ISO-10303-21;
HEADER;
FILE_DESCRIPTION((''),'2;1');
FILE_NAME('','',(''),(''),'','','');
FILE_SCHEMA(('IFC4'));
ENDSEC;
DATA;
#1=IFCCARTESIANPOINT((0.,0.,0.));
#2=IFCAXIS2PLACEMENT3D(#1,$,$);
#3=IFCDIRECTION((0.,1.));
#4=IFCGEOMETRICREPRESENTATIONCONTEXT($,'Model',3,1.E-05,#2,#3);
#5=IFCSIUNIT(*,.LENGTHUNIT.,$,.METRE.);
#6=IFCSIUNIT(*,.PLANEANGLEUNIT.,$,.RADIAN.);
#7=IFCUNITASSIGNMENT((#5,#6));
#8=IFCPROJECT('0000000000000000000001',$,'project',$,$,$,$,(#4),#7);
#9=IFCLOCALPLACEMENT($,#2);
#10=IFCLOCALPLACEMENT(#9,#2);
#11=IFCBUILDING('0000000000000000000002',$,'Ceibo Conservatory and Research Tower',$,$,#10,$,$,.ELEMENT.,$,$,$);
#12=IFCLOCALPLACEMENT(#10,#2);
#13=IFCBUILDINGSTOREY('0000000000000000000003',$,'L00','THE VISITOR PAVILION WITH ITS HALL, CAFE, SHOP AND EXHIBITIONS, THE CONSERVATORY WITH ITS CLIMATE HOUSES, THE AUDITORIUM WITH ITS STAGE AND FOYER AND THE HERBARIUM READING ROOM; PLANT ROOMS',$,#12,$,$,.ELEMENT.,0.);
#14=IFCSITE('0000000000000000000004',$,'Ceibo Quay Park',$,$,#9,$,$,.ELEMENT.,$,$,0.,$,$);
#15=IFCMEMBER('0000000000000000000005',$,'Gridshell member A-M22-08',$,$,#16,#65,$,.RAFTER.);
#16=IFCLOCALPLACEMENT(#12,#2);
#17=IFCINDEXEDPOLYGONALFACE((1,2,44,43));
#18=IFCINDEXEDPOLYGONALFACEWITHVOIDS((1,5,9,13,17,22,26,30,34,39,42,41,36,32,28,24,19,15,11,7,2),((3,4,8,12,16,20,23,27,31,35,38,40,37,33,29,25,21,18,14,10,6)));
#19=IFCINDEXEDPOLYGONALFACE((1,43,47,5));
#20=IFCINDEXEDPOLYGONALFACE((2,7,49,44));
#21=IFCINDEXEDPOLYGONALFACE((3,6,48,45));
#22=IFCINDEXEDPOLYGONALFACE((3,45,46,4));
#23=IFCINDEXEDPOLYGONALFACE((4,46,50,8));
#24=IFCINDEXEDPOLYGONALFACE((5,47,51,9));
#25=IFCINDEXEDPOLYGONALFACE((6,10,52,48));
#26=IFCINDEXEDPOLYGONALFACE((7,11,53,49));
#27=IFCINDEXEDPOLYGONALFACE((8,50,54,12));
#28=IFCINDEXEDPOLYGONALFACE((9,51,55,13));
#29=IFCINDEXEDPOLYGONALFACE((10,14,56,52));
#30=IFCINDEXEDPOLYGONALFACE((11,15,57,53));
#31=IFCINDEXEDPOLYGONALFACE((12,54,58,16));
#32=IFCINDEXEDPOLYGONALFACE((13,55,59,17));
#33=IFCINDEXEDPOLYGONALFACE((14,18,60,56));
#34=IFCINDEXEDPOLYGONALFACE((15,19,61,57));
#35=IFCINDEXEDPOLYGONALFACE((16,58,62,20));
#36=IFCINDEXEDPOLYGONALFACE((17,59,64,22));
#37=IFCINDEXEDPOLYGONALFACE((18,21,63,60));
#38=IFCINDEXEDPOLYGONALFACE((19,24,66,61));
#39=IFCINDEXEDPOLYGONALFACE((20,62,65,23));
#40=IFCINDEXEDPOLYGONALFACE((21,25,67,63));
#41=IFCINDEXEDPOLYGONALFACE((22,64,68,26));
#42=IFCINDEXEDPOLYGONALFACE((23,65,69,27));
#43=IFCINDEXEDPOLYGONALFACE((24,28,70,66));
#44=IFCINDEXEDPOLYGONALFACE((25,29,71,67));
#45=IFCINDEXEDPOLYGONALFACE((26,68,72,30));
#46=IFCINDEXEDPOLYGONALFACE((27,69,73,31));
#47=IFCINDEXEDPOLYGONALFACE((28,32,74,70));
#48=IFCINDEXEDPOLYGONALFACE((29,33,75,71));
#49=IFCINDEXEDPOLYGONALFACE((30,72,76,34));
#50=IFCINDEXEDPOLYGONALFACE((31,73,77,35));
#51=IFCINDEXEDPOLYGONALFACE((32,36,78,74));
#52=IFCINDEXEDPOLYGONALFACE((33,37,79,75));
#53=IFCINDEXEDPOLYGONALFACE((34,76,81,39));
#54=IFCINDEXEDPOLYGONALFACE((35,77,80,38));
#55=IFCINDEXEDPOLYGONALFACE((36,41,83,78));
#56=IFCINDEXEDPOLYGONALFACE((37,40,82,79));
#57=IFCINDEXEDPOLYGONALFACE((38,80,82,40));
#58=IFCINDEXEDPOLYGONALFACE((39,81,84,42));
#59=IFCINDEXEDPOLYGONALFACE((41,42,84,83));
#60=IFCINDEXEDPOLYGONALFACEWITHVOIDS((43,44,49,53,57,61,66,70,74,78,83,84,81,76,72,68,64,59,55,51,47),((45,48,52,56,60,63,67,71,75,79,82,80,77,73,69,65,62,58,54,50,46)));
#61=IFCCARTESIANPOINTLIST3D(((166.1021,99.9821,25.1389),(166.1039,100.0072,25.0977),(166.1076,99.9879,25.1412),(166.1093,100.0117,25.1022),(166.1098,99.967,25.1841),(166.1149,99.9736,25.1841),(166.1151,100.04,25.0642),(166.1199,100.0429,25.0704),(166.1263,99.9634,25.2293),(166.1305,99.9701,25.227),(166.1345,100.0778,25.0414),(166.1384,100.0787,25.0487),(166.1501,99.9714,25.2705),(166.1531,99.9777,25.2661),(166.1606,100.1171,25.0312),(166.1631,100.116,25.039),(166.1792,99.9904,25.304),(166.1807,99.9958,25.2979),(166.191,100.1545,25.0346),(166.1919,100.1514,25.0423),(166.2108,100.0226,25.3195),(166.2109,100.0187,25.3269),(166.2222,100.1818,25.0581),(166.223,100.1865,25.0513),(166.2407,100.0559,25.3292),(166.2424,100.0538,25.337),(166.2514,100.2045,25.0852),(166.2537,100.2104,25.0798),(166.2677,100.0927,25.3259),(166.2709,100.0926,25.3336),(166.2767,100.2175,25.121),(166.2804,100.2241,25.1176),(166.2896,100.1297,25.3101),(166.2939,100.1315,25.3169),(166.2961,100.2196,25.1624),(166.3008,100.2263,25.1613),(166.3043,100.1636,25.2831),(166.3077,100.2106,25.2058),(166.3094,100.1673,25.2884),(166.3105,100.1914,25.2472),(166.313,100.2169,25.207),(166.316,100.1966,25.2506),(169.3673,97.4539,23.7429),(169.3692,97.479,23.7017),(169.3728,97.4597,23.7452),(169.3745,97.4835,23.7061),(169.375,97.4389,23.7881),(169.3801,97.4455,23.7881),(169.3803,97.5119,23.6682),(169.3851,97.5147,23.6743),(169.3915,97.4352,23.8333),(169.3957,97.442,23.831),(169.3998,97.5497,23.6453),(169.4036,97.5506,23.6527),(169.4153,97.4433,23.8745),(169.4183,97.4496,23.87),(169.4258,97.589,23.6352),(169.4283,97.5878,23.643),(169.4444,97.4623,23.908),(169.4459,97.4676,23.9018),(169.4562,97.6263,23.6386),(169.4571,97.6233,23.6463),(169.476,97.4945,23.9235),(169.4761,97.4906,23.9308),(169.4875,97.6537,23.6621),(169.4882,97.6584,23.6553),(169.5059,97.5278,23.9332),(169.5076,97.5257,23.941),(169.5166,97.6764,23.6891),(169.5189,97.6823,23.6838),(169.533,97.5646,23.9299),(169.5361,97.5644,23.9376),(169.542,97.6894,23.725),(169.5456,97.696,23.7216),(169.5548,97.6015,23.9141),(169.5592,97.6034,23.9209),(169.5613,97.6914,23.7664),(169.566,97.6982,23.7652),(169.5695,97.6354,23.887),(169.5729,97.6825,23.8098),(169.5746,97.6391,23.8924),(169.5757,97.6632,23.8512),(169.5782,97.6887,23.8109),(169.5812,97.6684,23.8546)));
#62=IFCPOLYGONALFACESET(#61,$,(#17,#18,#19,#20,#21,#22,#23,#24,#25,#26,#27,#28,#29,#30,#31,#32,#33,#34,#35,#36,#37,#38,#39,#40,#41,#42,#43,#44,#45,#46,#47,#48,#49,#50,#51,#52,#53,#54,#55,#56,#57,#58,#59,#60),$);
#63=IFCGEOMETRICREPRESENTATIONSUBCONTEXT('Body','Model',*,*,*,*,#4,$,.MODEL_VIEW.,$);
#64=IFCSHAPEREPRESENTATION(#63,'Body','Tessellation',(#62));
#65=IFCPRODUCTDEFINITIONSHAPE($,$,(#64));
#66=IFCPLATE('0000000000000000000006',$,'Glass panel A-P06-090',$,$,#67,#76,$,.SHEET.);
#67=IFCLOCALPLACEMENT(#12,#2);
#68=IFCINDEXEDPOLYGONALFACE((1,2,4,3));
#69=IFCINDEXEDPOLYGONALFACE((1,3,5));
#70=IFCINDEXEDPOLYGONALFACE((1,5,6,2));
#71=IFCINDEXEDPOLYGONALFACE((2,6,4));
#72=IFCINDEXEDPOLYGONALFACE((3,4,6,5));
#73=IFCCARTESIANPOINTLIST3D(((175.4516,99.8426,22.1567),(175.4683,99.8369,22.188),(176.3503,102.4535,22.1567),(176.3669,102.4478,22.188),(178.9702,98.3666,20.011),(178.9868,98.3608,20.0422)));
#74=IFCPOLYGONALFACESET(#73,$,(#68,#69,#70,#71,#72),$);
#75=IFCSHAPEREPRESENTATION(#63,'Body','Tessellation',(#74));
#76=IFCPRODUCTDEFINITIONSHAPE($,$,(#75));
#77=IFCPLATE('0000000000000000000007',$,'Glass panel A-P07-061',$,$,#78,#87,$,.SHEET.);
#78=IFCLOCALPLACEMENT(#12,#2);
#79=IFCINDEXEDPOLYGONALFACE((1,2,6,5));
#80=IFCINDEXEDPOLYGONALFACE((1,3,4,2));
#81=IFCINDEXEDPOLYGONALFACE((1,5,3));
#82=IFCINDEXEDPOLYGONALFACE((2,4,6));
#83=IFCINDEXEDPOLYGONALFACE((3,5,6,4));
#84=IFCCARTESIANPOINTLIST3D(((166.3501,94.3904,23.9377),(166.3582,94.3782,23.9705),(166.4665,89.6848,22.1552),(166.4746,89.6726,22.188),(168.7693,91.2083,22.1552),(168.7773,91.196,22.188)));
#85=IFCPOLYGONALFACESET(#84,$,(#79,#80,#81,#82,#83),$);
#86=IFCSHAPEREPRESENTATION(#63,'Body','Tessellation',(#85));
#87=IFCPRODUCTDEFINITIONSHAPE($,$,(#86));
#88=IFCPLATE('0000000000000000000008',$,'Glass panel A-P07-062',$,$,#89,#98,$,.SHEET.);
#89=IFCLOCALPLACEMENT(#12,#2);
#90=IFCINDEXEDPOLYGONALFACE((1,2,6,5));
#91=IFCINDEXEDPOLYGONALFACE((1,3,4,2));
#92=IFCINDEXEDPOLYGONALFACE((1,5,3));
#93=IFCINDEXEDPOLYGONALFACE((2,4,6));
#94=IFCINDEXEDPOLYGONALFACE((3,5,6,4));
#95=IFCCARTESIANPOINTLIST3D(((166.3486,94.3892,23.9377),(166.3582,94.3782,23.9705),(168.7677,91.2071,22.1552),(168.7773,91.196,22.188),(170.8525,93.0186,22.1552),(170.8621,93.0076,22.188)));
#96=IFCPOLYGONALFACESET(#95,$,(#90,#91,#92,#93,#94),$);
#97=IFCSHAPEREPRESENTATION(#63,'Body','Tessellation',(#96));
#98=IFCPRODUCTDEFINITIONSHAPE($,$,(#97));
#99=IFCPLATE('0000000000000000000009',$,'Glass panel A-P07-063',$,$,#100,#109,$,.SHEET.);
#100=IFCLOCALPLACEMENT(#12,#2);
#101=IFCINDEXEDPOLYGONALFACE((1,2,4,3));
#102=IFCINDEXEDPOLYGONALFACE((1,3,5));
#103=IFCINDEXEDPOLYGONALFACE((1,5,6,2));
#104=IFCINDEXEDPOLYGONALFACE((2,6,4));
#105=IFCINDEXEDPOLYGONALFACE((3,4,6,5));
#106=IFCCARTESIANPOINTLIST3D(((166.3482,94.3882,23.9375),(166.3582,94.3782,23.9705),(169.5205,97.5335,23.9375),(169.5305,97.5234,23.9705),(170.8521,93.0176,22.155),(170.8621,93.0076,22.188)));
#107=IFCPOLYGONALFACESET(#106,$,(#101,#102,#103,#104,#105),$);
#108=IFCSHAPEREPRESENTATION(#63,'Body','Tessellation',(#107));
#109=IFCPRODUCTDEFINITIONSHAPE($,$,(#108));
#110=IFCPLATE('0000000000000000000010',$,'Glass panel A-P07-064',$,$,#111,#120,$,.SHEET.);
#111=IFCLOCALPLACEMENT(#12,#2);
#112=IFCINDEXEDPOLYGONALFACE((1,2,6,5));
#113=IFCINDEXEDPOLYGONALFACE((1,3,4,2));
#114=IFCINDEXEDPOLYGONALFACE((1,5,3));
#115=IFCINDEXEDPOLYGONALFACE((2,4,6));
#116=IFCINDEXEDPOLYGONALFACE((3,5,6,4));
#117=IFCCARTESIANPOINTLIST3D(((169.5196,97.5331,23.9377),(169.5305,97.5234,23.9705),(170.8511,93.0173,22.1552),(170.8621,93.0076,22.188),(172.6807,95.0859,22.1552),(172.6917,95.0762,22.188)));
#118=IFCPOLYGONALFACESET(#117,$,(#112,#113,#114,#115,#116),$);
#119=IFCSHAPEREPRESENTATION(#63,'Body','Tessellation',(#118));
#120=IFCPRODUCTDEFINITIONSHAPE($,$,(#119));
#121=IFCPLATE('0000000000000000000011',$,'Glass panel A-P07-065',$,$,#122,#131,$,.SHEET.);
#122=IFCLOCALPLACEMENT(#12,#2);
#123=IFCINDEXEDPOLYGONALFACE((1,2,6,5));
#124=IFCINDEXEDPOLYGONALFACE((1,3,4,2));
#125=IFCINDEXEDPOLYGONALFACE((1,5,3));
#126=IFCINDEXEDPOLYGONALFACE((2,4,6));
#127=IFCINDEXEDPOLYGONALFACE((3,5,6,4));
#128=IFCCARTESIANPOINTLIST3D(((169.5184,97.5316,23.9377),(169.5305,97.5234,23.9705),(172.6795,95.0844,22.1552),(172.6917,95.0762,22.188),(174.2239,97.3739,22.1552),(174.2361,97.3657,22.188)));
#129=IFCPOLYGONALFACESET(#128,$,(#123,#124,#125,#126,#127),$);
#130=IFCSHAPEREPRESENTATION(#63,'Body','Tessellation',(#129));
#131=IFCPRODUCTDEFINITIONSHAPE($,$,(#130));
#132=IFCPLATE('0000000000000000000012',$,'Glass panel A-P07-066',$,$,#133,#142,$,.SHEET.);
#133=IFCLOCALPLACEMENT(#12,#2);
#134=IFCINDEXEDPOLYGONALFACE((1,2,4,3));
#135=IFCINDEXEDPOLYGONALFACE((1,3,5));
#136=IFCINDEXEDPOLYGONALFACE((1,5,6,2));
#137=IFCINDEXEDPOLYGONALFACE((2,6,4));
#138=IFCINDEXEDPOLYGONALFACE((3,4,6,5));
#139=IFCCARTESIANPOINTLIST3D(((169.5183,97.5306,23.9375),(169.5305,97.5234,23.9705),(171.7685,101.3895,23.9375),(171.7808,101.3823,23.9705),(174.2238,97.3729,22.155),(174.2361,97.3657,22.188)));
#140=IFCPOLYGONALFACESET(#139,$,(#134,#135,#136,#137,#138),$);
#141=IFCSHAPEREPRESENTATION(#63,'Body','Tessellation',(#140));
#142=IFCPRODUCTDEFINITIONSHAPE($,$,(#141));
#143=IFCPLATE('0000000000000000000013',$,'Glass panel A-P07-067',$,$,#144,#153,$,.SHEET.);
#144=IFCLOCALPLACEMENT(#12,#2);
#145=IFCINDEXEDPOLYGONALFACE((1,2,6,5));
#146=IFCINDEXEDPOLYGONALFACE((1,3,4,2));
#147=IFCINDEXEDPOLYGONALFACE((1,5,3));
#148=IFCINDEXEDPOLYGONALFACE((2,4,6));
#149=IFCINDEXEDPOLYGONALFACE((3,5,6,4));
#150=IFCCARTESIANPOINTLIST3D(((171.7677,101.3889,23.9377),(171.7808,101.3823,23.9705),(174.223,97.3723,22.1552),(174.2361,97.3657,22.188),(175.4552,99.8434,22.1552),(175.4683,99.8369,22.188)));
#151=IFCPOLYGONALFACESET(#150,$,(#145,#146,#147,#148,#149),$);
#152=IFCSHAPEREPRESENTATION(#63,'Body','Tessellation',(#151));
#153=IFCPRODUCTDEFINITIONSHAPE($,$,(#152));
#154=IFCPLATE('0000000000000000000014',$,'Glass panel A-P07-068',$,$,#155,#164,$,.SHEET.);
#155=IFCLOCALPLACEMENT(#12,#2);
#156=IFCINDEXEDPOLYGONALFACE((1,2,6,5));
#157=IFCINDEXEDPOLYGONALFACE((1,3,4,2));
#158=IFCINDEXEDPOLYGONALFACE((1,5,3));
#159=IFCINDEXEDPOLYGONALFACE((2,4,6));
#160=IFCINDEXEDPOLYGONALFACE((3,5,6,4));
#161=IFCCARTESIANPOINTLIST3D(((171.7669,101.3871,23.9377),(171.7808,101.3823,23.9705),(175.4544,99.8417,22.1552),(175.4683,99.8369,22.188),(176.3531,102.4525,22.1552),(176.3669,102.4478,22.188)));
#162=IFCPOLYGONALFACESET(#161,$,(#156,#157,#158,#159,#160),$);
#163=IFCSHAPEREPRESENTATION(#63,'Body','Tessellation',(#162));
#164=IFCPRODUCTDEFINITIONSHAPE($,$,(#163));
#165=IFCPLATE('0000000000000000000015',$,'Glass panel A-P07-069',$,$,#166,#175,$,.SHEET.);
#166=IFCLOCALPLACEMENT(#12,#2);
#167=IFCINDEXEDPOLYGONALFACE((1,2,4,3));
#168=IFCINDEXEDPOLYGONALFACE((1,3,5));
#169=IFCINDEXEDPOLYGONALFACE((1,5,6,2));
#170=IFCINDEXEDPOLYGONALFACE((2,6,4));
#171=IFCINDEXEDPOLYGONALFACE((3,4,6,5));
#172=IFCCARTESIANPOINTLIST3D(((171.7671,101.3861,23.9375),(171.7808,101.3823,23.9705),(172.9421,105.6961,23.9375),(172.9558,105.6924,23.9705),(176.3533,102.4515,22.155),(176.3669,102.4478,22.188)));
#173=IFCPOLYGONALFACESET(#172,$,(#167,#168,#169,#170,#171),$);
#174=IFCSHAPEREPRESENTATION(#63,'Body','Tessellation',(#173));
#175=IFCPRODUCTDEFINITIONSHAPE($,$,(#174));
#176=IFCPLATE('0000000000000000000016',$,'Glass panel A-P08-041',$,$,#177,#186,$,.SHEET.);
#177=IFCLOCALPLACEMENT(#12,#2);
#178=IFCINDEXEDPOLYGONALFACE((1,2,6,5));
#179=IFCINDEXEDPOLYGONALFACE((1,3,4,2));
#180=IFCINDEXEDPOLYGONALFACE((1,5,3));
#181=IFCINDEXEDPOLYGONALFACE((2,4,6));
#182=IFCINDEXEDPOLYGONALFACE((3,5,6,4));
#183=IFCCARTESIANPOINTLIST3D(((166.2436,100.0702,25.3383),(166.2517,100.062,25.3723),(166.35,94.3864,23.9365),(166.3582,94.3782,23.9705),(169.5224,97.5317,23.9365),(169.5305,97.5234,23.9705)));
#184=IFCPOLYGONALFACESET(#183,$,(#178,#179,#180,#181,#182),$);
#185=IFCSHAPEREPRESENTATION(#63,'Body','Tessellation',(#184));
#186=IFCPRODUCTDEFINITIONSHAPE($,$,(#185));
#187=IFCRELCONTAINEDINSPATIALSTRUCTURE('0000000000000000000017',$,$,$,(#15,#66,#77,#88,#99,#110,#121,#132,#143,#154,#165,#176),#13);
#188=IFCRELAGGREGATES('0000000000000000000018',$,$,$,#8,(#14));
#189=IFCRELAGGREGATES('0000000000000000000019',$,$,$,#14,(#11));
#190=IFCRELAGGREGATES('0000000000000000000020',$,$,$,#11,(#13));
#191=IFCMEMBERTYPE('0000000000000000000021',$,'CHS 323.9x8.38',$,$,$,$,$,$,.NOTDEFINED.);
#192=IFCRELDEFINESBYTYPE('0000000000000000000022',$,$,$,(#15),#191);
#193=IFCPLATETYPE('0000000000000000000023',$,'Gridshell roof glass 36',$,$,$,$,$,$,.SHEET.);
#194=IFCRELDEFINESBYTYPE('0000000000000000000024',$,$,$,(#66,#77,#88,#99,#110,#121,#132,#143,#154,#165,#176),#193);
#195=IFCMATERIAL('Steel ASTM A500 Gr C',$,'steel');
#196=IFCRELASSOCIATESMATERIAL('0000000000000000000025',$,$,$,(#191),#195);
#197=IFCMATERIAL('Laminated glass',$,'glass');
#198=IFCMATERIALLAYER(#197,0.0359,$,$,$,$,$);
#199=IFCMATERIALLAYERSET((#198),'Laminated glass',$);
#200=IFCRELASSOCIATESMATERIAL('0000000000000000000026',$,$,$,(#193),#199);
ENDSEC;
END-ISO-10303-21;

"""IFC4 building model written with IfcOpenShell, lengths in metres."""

from ifc_helpers import new_model, si_unit, direction, frame, origin, origin_2d, place, context, subcontext, project, spatial, polyline, hollow_circle, outline, extrude, material, layer, layer_set, material_profile, profile_set, type_object, element, save


model = new_model("IFC4")

# Units and contexts
model_context = context("Model", 3, precision=1e-05, world=origin(), true_north=direction((0.0, 1.0)))
body_context = subcontext(model_context, "Body", "Model", "MODEL_VIEW")
ifc_project = project(units=[si_unit("LENGTHUNIT", "METRE"), si_unit("PLANEANGLEUNIT", "RADIAN")], contexts=[model_context])

# Site, building, storey
site_placement = place(None, origin())
site = spatial("IfcSite", under=ifc_project, at=site_placement, Name="Ceibo Quay Park", CompositionType="ELEMENT", RefElevation=0.0)
building_placement = place(site_placement, origin())
building = spatial("IfcBuilding", under=site, at=building_placement, Name="Ceibo Conservatory and Research Tower", CompositionType="ELEMENT")
storey_placement = place(building_placement, origin())
storey = spatial("IfcBuildingStorey", under=building, at=storey_placement, Name="L00", Description="THE VISITOR PAVILION WITH ITS HALL, CAFE, SHOP AND EXHIBITIONS, THE CONSERVATORY WITH ITS CLIMATE HOUSES, THE AUDITORIUM WITH ITS STAGE AND FOYER AND THE HERBARIUM READING ROOM; PLANT ROOMS", CompositionType="ELEMENT", Elevation=0.0)

# Member
ifc_material_1 = material(Name="Steel ASTM A500 Gr C", Category="steel")
ifc_material_profile_1 = material_profile(ifc_material_1, hollow_circle(Radius=0.1619, WallThickness=0.0083, at=origin_2d()), Name="CHS 323.9x8.38")
ifc_profile_set_1 = profile_set([ifc_material_profile_1], Name="Steel ASTM A500 Gr C")
member_type_1 = type_object("IfcMemberType", Name="CHS 323.9x8.38", PredefinedType="NOTDEFINED", material=ifc_profile_set_1)
member_1_placement = place(storey_placement, frame((169.4741, 97.5669, 23.7881), z_axis=(-0.749052, 0.579964, 0.320254), x_axis=(-0.612208, -0.790697, 0.0)))
element("IfcMember", 1, at=member_1_placement, inside=storey, type_object=member_type_1, Name="Gridshell member A-M22-08", PredefinedType="RAFTER", context=body_context, shape_type="SweptSolid", body=[
    extrude(hollow_circle(Radius=0.1619, WallThickness=0.0083, at=origin_2d()), origin(), (0.0, 0.0, 1.0), 4.3591),
])

# Plates
ifc_material_2 = material(Name="Laminated glass", Category="glass")
ifc_layer = layer(ifc_material_2, 0.0359)
ifc_layer_set = layer_set([ifc_layer], Name="Laminated glass")
plate_type = type_object("IfcPlateType", Name="Gridshell roof glass 36", PredefinedType="SHEET", material=ifc_layer_set)
plate_1_placement = place(storey_placement, frame((178.9868, 98.3608, 20.0422), z_axis=(0.46424, -0.159797, 0.871175), x_axis=(-0.493606, 0.770008, 0.404277)))
element("IfcPlate", 2, at=plate_1_placement, inside=storey, type_object=plate_type, Name="Glass panel A-P06-090", PredefinedType="SHEET", context=body_context, shape_type="SweptSolid", body=[
    extrude(outline(polyline([(0.0, 0.0), (5.3076, 0.0), (3.7408, 2.2736), (0.0, 0.0)])), origin(), (0.0, 0.0, -1.0), 0.0359),
])
plate_2_placement = place(storey_placement, frame((166.3582, 94.3782, 23.9705), z_axis=(0.225114, -0.340268, 0.912985), x_axis=(0.023137, -0.934905, -0.354143)))
element("IfcPlate", 3, at=plate_2_placement, inside=storey, type_object=plate_type, Name="Glass panel A-P07-061", PredefinedType="SHEET", context=body_context, shape_type="SweptSolid", body=[
    extrude(outline(polyline([(0.0, 0.0), (5.0332, 0.0), (3.6622, 2.3966), (0.0, 0.0)])), origin(), (0.0, 0.0, -1.0), 0.0359),
])
plate_3_placement = place(storey_placement, frame((166.3582, 94.3782, 23.9705), z_axis=(0.267607, -0.307964, 0.912987), x_axis=(0.552741, -0.727059, -0.407262)))
element("IfcPlate", 4, at=plate_3_placement, inside=storey, type_object=plate_type, Name="Glass panel A-P07-062", PredefinedType="SHEET", context=body_context, shape_type="SweptSolid", body=[
    extrude(outline(polyline([(0.0, 0.0), (4.3767, 0.0), (4.2119, 2.7569), (0.0, 0.0)])), origin(), (0.0, 0.0, -1.0), 0.0359),
])
plate_4_placement = place(storey_placement, frame((166.3582, 94.3782, 23.9705), z_axis=(0.278178, -0.280575, 0.918638), x_axis=(0.894701, -0.272271, -0.354088)))
element("IfcPlate", 5, at=plate_4_placement, inside=storey, type_object=plate_type, Name="Glass panel A-P07-063", PredefinedType="SHEET", context=body_context, shape_type="SweptSolid", body=[
    extrude(outline(polyline([(0.0, 0.0), (5.034, 0.0), (1.982, 4.0036), (0.0, 0.0)])), origin(), (0.0, 0.0, -1.0), 0.0359),
])
plate_5_placement = place(storey_placement, frame((169.5305, 97.5234, 23.9705), z_axis=(0.305579, -0.270271, 0.913003), x_axis=(0.264499, -0.897036, -0.354071)))
element("IfcPlate", 6, at=plate_5_placement, inside=storey, type_object=plate_type, Name="Glass panel A-P07-064", PredefinedType="SHEET", context=body_context, shape_type="SweptSolid", body=[
    extrude(outline(polyline([(0.0, 0.0), (5.0342, 0.0), (3.6625, 2.3969), (0.0, 0.0)])), origin(), (0.0, 0.0, -1.0), 0.0359),
])
plate_6_placement = place(storey_placement, frame((169.5305, 97.5234, 23.9705), z_axis=(0.3382, -0.228135, 0.913003), x_axis=(0.722197, -0.559106, -0.407226)))
element("IfcPlate", 7, at=plate_6_placement, inside=storey, type_object=plate_type, Name="Glass panel A-P07-065", PredefinedType="SHEET", context=body_context, shape_type="SweptSolid", body=[
    extrude(outline(polyline([(0.0, 0.0), (4.3771, 0.0), (4.2124, 2.7568), (0.0, 0.0)])), origin(), (0.0, 0.0, -1.0), 0.0359),
])
plate_7_placement = place(storey_placement, frame((169.5305, 97.5234, 23.9705), z_axis=(0.34131, -0.199029, 0.918638), x_axis=(0.934697, -0.031328, -0.354063)))
element("IfcPlate", 8, at=plate_7_placement, inside=storey, type_object=plate_type, Name="Glass panel A-P07-066", PredefinedType="SHEET", context=body_context, shape_type="SweptSolid", body=[
    extrude(outline(polyline([(0.0, 0.0), (5.0343, 0.0), (1.9824, 4.0031), (0.0, 0.0)])), origin(), (0.0, 0.0, -1.0), 0.0359),
])
plate_8_placement = place(storey_placement, frame((171.7808, 101.3823, 23.9705), z_axis=(0.365053, -0.182022, 0.913019), x_axis=(0.48777, -0.79793, -0.354102)))
element("IfcPlate", 9, at=plate_8_placement, inside=storey, type_object=plate_type, Name="Glass panel A-P07-067", PredefinedType="SHEET", context=body_context, shape_type="SweptSolid", body=[
    extrude(outline(polyline([(0.0, 0.0), (5.0338, 0.0), (3.663, 2.3971), (0.0, 0.0)])), origin(), (0.0, 0.0, -1.0), 0.0359),
])
plate_9_placement = place(storey_placement, frame((171.7808, 101.3823, 23.9705), z_axis=(0.385699, -0.132762, 0.913023), x_axis=(0.842362, -0.353029, -0.407182)))
element("IfcPlate", 10, at=plate_9_placement, inside=storey, type_object=plate_type, Name="Glass panel A-P07-068", PredefinedType="SHEET", context=body_context, shape_type="SweptSolid", body=[
    extrude(outline(polyline([(0.0, 0.0), (4.3776, 0.0), (4.2129, 2.7563), (0.0, 0.0)])), origin(), (0.0, 0.0, -1.0), 0.0359),
])
plate_10_placement = place(storey_placement, frame((171.7808, 101.3823, 23.9705), z_axis=(0.381182, -0.103921, 0.918641), x_axis=(0.910965, 0.211629, -0.354057)))
element("IfcPlate", 11, at=plate_10_placement, inside=storey, type_object=plate_type, Name="Glass panel A-P07-069", PredefinedType="SHEET", context=body_context, shape_type="SweptSolid", body=[
    extrude(outline(polyline([(0.0, 0.0), (5.0344, 0.0), (1.9826, 4.0033), (0.0, 0.0)])), origin(), (0.0, 0.0, -1.0), 0.0359),
])
plate_11_placement = place(storey_placement, frame((166.3582, 94.3782, 23.9705), z_axis=(0.227228, -0.229186, 0.946489), x_axis=(0.710133, 0.704067, 0.0)))
element("IfcPlate", 12, at=plate_11_placement, inside=storey, type_object=plate_type, Name="Glass panel A-P08-041", PredefinedType="SHEET", context=body_context, shape_type="SweptSolid", body=[
    extrude(outline(polyline([(0.0, 0.0), (4.4673, 0.0), (3.9262, 4.3437), (0.0, 0.0)])), origin(), (0.0, 0.0, -1.0), 0.0359),
])

save(model, "model.ifc")
